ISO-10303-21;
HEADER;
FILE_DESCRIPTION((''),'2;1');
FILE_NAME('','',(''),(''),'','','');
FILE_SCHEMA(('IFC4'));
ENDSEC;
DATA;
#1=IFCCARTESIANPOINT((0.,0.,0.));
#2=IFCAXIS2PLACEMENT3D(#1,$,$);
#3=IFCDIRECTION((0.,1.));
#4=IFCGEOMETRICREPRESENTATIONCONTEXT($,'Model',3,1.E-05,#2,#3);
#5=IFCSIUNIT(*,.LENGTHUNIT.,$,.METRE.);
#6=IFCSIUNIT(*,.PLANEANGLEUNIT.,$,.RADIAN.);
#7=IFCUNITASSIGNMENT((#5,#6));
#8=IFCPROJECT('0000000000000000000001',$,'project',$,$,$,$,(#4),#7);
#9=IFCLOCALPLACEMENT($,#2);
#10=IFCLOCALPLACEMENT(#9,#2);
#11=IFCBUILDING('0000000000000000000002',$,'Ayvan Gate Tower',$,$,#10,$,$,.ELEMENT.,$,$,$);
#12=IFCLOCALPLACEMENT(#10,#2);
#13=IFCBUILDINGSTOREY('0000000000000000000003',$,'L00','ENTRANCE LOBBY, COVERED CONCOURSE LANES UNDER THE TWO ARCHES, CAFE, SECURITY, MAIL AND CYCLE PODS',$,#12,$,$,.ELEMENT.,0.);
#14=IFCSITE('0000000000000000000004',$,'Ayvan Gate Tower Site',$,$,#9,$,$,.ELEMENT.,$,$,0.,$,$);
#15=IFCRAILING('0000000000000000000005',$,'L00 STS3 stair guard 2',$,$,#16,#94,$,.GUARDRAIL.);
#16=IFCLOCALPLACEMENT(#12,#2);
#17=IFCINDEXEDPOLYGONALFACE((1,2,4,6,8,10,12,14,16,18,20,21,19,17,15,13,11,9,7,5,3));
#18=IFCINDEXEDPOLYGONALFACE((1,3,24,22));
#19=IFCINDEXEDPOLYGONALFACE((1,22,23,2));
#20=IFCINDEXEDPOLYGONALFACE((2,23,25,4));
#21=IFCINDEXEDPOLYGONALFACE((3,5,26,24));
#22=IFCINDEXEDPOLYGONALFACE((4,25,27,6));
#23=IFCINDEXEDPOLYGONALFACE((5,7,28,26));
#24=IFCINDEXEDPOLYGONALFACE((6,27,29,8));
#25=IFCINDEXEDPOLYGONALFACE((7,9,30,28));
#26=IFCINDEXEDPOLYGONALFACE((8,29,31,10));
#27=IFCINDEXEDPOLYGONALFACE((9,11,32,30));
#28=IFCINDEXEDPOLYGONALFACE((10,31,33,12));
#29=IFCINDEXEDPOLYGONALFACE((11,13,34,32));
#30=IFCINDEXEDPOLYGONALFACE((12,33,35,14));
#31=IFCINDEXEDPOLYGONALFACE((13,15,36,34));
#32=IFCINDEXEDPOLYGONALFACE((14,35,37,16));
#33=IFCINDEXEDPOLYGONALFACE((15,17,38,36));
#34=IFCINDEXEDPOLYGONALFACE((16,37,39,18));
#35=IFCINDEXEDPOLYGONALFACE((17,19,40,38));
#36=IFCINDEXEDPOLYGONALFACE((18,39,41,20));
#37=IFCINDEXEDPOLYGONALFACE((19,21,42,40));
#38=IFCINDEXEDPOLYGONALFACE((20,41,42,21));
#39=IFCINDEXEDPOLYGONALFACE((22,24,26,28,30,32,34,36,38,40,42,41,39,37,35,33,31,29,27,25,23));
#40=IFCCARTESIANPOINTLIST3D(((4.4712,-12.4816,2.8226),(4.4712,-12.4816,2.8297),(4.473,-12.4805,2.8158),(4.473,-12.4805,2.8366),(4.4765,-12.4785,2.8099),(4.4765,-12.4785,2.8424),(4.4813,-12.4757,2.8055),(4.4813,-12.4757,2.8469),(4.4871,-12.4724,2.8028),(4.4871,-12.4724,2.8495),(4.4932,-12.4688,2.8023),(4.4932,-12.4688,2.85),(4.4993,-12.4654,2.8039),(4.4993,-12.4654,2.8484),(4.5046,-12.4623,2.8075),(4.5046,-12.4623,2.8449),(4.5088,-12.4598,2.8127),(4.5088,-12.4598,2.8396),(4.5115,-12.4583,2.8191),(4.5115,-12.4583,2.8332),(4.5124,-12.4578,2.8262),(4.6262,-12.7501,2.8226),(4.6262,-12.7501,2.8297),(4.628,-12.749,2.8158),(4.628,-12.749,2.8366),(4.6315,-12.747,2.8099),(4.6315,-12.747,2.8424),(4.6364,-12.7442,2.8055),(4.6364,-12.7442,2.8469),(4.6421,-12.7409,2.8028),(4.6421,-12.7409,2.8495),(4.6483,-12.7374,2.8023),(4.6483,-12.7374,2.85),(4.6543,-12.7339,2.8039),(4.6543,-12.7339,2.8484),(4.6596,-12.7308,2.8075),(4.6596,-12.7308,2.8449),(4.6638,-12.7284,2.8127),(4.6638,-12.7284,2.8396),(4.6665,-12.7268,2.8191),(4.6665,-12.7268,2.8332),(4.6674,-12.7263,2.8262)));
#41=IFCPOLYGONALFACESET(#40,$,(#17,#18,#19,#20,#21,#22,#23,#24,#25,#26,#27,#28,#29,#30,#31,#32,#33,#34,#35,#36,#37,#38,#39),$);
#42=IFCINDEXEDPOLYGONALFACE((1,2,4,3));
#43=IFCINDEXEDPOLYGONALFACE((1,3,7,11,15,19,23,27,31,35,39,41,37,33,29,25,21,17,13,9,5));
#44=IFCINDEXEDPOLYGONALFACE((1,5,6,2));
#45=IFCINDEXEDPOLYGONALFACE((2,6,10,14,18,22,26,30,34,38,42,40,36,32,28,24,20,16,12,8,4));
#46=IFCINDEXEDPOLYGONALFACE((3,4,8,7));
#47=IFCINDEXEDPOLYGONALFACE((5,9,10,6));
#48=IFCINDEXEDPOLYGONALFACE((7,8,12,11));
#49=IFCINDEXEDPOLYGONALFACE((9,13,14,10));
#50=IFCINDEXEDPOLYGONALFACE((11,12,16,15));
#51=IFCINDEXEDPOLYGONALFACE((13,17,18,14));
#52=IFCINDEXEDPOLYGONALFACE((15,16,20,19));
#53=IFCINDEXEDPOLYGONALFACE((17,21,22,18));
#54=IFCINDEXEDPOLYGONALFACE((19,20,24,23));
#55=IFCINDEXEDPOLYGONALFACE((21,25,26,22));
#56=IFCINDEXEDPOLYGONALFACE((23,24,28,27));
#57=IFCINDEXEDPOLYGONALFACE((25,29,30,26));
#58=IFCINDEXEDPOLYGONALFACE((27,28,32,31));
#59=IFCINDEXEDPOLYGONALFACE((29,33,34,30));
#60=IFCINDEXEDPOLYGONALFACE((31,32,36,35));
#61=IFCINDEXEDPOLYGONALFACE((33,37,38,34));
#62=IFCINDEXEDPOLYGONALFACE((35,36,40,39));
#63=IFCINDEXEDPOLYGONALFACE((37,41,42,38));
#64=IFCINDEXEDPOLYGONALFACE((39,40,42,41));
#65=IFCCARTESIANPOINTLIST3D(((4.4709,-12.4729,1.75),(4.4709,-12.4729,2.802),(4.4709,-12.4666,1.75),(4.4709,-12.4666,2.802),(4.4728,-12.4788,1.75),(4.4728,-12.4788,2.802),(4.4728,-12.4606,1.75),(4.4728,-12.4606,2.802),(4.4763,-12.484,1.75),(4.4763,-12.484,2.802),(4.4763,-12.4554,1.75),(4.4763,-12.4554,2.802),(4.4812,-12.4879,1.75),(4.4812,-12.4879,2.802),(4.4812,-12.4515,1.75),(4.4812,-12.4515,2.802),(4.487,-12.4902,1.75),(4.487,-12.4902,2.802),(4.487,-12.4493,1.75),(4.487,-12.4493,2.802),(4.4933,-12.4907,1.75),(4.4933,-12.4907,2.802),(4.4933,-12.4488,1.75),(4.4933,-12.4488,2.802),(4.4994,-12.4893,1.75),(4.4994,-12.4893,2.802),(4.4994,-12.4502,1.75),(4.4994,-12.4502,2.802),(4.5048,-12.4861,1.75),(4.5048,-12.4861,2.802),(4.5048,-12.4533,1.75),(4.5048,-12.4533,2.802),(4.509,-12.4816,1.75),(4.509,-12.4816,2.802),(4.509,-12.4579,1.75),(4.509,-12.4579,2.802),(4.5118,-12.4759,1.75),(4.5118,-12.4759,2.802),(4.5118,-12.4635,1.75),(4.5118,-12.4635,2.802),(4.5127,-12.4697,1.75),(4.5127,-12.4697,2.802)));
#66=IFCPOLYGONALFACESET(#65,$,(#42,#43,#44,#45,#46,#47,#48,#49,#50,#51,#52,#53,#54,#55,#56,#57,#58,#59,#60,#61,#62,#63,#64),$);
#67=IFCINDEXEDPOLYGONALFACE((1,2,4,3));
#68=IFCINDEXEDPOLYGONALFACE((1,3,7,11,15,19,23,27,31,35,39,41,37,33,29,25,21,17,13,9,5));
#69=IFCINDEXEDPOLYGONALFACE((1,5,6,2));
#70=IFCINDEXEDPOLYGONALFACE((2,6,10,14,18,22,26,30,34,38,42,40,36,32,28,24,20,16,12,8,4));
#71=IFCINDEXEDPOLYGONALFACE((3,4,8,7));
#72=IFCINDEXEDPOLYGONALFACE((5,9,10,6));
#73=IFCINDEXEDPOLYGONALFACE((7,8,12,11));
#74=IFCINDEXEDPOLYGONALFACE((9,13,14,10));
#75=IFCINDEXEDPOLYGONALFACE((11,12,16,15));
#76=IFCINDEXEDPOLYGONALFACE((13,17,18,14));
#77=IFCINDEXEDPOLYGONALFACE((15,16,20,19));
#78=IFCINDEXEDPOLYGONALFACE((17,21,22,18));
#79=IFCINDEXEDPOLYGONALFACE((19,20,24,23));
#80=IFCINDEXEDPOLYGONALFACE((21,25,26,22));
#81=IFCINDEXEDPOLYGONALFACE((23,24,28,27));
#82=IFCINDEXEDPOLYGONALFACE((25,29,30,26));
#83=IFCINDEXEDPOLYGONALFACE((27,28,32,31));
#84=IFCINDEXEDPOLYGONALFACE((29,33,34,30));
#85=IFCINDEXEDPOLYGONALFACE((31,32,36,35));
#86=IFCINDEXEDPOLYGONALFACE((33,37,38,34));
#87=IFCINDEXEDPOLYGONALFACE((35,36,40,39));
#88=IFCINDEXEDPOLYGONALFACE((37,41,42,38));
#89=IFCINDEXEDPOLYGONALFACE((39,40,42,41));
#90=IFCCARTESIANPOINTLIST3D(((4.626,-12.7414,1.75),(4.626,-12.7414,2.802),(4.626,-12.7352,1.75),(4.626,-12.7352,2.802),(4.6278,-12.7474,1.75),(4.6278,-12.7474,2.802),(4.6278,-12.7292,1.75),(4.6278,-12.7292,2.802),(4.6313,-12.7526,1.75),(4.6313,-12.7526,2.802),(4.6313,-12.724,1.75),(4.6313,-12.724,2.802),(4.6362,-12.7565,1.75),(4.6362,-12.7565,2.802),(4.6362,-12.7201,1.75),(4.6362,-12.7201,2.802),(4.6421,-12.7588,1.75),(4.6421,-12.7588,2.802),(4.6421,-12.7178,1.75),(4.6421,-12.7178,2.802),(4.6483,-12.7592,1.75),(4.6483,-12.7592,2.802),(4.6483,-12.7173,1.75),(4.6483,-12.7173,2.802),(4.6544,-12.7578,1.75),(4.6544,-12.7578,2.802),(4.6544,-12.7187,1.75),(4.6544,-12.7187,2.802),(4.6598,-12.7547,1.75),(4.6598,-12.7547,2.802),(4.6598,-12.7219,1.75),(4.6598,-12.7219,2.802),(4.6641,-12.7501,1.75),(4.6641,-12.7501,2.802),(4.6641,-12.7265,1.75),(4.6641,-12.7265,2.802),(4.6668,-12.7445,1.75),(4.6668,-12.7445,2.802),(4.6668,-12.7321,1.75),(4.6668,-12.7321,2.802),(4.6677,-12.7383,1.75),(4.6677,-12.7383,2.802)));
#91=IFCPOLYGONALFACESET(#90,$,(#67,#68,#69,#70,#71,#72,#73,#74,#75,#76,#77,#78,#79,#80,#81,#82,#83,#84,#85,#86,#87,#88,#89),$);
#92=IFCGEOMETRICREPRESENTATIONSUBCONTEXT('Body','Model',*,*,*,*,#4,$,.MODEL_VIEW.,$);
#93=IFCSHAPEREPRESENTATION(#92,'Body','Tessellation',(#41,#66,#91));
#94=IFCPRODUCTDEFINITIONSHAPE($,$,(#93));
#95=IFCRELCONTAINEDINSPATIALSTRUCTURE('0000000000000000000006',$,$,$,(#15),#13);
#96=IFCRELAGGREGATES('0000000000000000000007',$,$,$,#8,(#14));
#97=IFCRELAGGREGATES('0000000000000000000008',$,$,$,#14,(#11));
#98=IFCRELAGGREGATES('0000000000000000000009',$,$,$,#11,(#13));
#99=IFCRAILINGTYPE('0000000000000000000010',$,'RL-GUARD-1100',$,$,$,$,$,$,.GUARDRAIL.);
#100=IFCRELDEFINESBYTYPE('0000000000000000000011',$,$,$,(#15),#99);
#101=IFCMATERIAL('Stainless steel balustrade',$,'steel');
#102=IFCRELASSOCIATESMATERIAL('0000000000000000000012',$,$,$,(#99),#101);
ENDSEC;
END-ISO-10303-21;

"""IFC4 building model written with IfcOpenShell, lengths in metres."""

from ifc_helpers import new_model, si_unit, direction, frame, origin, origin_2d, place, context, subcontext, project, spatial, circle, extrude, material, type_object, element, save


model = new_model("IFC4")

# Units and contexts
model_context = context("Model", 3, precision=1e-05, world=origin(), true_north=direction((0.0, 1.0)))
body_context = subcontext(model_context, "Body", "Model", "MODEL_VIEW")
ifc_project = project(units=[si_unit("LENGTHUNIT", "METRE"), si_unit("PLANEANGLEUNIT", "RADIAN")], contexts=[model_context])

# Site, building, storey
site_placement = place(None, origin())
site = spatial("IfcSite", under=ifc_project, at=site_placement, Name="Ayvan Gate Tower Site", CompositionType="ELEMENT", RefElevation=0.0)
building_placement = place(site_placement, origin())
building = spatial("IfcBuilding", under=site, at=building_placement, Name="Ayvan Gate Tower", CompositionType="ELEMENT")
storey_placement = place(building_placement, origin())
storey = spatial("IfcBuildingStorey", under=building, at=storey_placement, Name="L00", Description="ENTRANCE LOBBY, COVERED CONCOURSE LANES UNDER THE TWO ARCHES, CAFE, SECURITY, MAIL AND CYCLE PODS", CompositionType="ELEMENT", Elevation=0.0)

# Railing
ifc_material_1 = material(Name="Stainless steel balustrade", Category="steel")
railing_type_1 = type_object("IfcRailingType", Name="RL-GUARD-1100", PredefinedType="GUARDRAIL", material=ifc_material_1)
railing_1_placement = place(storey_placement, frame((4.4917, -12.4697, 1.75)))
element("IfcRailing", 1, at=railing_1_placement, inside=storey, type_object=railing_type_1, Name="L00 STS3 stair guard 2", PredefinedType="GUARDRAIL", context=body_context, shape_type="SweptSolid", body=[
    extrude(circle(Radius=0.0239, at=origin_2d()), frame((0.0, 0.0, 1.0762), z_axis=(0.49995, -0.866054, 0.0), x_axis=(0.866054, 0.49995, 0.0)), (0.0, 0.0, 1.0), 0.3101),
    extrude(circle(Radius=0.021, at=origin_2d()), origin(), (0.0, 0.0, 1.0), 1.052),
    extrude(circle(Radius=0.021, at=origin_2d()), frame((0.155, -0.2686, 0.0)), (0.0, 0.0, 1.0), 1.052),
])

save(model, "model.ifc")
